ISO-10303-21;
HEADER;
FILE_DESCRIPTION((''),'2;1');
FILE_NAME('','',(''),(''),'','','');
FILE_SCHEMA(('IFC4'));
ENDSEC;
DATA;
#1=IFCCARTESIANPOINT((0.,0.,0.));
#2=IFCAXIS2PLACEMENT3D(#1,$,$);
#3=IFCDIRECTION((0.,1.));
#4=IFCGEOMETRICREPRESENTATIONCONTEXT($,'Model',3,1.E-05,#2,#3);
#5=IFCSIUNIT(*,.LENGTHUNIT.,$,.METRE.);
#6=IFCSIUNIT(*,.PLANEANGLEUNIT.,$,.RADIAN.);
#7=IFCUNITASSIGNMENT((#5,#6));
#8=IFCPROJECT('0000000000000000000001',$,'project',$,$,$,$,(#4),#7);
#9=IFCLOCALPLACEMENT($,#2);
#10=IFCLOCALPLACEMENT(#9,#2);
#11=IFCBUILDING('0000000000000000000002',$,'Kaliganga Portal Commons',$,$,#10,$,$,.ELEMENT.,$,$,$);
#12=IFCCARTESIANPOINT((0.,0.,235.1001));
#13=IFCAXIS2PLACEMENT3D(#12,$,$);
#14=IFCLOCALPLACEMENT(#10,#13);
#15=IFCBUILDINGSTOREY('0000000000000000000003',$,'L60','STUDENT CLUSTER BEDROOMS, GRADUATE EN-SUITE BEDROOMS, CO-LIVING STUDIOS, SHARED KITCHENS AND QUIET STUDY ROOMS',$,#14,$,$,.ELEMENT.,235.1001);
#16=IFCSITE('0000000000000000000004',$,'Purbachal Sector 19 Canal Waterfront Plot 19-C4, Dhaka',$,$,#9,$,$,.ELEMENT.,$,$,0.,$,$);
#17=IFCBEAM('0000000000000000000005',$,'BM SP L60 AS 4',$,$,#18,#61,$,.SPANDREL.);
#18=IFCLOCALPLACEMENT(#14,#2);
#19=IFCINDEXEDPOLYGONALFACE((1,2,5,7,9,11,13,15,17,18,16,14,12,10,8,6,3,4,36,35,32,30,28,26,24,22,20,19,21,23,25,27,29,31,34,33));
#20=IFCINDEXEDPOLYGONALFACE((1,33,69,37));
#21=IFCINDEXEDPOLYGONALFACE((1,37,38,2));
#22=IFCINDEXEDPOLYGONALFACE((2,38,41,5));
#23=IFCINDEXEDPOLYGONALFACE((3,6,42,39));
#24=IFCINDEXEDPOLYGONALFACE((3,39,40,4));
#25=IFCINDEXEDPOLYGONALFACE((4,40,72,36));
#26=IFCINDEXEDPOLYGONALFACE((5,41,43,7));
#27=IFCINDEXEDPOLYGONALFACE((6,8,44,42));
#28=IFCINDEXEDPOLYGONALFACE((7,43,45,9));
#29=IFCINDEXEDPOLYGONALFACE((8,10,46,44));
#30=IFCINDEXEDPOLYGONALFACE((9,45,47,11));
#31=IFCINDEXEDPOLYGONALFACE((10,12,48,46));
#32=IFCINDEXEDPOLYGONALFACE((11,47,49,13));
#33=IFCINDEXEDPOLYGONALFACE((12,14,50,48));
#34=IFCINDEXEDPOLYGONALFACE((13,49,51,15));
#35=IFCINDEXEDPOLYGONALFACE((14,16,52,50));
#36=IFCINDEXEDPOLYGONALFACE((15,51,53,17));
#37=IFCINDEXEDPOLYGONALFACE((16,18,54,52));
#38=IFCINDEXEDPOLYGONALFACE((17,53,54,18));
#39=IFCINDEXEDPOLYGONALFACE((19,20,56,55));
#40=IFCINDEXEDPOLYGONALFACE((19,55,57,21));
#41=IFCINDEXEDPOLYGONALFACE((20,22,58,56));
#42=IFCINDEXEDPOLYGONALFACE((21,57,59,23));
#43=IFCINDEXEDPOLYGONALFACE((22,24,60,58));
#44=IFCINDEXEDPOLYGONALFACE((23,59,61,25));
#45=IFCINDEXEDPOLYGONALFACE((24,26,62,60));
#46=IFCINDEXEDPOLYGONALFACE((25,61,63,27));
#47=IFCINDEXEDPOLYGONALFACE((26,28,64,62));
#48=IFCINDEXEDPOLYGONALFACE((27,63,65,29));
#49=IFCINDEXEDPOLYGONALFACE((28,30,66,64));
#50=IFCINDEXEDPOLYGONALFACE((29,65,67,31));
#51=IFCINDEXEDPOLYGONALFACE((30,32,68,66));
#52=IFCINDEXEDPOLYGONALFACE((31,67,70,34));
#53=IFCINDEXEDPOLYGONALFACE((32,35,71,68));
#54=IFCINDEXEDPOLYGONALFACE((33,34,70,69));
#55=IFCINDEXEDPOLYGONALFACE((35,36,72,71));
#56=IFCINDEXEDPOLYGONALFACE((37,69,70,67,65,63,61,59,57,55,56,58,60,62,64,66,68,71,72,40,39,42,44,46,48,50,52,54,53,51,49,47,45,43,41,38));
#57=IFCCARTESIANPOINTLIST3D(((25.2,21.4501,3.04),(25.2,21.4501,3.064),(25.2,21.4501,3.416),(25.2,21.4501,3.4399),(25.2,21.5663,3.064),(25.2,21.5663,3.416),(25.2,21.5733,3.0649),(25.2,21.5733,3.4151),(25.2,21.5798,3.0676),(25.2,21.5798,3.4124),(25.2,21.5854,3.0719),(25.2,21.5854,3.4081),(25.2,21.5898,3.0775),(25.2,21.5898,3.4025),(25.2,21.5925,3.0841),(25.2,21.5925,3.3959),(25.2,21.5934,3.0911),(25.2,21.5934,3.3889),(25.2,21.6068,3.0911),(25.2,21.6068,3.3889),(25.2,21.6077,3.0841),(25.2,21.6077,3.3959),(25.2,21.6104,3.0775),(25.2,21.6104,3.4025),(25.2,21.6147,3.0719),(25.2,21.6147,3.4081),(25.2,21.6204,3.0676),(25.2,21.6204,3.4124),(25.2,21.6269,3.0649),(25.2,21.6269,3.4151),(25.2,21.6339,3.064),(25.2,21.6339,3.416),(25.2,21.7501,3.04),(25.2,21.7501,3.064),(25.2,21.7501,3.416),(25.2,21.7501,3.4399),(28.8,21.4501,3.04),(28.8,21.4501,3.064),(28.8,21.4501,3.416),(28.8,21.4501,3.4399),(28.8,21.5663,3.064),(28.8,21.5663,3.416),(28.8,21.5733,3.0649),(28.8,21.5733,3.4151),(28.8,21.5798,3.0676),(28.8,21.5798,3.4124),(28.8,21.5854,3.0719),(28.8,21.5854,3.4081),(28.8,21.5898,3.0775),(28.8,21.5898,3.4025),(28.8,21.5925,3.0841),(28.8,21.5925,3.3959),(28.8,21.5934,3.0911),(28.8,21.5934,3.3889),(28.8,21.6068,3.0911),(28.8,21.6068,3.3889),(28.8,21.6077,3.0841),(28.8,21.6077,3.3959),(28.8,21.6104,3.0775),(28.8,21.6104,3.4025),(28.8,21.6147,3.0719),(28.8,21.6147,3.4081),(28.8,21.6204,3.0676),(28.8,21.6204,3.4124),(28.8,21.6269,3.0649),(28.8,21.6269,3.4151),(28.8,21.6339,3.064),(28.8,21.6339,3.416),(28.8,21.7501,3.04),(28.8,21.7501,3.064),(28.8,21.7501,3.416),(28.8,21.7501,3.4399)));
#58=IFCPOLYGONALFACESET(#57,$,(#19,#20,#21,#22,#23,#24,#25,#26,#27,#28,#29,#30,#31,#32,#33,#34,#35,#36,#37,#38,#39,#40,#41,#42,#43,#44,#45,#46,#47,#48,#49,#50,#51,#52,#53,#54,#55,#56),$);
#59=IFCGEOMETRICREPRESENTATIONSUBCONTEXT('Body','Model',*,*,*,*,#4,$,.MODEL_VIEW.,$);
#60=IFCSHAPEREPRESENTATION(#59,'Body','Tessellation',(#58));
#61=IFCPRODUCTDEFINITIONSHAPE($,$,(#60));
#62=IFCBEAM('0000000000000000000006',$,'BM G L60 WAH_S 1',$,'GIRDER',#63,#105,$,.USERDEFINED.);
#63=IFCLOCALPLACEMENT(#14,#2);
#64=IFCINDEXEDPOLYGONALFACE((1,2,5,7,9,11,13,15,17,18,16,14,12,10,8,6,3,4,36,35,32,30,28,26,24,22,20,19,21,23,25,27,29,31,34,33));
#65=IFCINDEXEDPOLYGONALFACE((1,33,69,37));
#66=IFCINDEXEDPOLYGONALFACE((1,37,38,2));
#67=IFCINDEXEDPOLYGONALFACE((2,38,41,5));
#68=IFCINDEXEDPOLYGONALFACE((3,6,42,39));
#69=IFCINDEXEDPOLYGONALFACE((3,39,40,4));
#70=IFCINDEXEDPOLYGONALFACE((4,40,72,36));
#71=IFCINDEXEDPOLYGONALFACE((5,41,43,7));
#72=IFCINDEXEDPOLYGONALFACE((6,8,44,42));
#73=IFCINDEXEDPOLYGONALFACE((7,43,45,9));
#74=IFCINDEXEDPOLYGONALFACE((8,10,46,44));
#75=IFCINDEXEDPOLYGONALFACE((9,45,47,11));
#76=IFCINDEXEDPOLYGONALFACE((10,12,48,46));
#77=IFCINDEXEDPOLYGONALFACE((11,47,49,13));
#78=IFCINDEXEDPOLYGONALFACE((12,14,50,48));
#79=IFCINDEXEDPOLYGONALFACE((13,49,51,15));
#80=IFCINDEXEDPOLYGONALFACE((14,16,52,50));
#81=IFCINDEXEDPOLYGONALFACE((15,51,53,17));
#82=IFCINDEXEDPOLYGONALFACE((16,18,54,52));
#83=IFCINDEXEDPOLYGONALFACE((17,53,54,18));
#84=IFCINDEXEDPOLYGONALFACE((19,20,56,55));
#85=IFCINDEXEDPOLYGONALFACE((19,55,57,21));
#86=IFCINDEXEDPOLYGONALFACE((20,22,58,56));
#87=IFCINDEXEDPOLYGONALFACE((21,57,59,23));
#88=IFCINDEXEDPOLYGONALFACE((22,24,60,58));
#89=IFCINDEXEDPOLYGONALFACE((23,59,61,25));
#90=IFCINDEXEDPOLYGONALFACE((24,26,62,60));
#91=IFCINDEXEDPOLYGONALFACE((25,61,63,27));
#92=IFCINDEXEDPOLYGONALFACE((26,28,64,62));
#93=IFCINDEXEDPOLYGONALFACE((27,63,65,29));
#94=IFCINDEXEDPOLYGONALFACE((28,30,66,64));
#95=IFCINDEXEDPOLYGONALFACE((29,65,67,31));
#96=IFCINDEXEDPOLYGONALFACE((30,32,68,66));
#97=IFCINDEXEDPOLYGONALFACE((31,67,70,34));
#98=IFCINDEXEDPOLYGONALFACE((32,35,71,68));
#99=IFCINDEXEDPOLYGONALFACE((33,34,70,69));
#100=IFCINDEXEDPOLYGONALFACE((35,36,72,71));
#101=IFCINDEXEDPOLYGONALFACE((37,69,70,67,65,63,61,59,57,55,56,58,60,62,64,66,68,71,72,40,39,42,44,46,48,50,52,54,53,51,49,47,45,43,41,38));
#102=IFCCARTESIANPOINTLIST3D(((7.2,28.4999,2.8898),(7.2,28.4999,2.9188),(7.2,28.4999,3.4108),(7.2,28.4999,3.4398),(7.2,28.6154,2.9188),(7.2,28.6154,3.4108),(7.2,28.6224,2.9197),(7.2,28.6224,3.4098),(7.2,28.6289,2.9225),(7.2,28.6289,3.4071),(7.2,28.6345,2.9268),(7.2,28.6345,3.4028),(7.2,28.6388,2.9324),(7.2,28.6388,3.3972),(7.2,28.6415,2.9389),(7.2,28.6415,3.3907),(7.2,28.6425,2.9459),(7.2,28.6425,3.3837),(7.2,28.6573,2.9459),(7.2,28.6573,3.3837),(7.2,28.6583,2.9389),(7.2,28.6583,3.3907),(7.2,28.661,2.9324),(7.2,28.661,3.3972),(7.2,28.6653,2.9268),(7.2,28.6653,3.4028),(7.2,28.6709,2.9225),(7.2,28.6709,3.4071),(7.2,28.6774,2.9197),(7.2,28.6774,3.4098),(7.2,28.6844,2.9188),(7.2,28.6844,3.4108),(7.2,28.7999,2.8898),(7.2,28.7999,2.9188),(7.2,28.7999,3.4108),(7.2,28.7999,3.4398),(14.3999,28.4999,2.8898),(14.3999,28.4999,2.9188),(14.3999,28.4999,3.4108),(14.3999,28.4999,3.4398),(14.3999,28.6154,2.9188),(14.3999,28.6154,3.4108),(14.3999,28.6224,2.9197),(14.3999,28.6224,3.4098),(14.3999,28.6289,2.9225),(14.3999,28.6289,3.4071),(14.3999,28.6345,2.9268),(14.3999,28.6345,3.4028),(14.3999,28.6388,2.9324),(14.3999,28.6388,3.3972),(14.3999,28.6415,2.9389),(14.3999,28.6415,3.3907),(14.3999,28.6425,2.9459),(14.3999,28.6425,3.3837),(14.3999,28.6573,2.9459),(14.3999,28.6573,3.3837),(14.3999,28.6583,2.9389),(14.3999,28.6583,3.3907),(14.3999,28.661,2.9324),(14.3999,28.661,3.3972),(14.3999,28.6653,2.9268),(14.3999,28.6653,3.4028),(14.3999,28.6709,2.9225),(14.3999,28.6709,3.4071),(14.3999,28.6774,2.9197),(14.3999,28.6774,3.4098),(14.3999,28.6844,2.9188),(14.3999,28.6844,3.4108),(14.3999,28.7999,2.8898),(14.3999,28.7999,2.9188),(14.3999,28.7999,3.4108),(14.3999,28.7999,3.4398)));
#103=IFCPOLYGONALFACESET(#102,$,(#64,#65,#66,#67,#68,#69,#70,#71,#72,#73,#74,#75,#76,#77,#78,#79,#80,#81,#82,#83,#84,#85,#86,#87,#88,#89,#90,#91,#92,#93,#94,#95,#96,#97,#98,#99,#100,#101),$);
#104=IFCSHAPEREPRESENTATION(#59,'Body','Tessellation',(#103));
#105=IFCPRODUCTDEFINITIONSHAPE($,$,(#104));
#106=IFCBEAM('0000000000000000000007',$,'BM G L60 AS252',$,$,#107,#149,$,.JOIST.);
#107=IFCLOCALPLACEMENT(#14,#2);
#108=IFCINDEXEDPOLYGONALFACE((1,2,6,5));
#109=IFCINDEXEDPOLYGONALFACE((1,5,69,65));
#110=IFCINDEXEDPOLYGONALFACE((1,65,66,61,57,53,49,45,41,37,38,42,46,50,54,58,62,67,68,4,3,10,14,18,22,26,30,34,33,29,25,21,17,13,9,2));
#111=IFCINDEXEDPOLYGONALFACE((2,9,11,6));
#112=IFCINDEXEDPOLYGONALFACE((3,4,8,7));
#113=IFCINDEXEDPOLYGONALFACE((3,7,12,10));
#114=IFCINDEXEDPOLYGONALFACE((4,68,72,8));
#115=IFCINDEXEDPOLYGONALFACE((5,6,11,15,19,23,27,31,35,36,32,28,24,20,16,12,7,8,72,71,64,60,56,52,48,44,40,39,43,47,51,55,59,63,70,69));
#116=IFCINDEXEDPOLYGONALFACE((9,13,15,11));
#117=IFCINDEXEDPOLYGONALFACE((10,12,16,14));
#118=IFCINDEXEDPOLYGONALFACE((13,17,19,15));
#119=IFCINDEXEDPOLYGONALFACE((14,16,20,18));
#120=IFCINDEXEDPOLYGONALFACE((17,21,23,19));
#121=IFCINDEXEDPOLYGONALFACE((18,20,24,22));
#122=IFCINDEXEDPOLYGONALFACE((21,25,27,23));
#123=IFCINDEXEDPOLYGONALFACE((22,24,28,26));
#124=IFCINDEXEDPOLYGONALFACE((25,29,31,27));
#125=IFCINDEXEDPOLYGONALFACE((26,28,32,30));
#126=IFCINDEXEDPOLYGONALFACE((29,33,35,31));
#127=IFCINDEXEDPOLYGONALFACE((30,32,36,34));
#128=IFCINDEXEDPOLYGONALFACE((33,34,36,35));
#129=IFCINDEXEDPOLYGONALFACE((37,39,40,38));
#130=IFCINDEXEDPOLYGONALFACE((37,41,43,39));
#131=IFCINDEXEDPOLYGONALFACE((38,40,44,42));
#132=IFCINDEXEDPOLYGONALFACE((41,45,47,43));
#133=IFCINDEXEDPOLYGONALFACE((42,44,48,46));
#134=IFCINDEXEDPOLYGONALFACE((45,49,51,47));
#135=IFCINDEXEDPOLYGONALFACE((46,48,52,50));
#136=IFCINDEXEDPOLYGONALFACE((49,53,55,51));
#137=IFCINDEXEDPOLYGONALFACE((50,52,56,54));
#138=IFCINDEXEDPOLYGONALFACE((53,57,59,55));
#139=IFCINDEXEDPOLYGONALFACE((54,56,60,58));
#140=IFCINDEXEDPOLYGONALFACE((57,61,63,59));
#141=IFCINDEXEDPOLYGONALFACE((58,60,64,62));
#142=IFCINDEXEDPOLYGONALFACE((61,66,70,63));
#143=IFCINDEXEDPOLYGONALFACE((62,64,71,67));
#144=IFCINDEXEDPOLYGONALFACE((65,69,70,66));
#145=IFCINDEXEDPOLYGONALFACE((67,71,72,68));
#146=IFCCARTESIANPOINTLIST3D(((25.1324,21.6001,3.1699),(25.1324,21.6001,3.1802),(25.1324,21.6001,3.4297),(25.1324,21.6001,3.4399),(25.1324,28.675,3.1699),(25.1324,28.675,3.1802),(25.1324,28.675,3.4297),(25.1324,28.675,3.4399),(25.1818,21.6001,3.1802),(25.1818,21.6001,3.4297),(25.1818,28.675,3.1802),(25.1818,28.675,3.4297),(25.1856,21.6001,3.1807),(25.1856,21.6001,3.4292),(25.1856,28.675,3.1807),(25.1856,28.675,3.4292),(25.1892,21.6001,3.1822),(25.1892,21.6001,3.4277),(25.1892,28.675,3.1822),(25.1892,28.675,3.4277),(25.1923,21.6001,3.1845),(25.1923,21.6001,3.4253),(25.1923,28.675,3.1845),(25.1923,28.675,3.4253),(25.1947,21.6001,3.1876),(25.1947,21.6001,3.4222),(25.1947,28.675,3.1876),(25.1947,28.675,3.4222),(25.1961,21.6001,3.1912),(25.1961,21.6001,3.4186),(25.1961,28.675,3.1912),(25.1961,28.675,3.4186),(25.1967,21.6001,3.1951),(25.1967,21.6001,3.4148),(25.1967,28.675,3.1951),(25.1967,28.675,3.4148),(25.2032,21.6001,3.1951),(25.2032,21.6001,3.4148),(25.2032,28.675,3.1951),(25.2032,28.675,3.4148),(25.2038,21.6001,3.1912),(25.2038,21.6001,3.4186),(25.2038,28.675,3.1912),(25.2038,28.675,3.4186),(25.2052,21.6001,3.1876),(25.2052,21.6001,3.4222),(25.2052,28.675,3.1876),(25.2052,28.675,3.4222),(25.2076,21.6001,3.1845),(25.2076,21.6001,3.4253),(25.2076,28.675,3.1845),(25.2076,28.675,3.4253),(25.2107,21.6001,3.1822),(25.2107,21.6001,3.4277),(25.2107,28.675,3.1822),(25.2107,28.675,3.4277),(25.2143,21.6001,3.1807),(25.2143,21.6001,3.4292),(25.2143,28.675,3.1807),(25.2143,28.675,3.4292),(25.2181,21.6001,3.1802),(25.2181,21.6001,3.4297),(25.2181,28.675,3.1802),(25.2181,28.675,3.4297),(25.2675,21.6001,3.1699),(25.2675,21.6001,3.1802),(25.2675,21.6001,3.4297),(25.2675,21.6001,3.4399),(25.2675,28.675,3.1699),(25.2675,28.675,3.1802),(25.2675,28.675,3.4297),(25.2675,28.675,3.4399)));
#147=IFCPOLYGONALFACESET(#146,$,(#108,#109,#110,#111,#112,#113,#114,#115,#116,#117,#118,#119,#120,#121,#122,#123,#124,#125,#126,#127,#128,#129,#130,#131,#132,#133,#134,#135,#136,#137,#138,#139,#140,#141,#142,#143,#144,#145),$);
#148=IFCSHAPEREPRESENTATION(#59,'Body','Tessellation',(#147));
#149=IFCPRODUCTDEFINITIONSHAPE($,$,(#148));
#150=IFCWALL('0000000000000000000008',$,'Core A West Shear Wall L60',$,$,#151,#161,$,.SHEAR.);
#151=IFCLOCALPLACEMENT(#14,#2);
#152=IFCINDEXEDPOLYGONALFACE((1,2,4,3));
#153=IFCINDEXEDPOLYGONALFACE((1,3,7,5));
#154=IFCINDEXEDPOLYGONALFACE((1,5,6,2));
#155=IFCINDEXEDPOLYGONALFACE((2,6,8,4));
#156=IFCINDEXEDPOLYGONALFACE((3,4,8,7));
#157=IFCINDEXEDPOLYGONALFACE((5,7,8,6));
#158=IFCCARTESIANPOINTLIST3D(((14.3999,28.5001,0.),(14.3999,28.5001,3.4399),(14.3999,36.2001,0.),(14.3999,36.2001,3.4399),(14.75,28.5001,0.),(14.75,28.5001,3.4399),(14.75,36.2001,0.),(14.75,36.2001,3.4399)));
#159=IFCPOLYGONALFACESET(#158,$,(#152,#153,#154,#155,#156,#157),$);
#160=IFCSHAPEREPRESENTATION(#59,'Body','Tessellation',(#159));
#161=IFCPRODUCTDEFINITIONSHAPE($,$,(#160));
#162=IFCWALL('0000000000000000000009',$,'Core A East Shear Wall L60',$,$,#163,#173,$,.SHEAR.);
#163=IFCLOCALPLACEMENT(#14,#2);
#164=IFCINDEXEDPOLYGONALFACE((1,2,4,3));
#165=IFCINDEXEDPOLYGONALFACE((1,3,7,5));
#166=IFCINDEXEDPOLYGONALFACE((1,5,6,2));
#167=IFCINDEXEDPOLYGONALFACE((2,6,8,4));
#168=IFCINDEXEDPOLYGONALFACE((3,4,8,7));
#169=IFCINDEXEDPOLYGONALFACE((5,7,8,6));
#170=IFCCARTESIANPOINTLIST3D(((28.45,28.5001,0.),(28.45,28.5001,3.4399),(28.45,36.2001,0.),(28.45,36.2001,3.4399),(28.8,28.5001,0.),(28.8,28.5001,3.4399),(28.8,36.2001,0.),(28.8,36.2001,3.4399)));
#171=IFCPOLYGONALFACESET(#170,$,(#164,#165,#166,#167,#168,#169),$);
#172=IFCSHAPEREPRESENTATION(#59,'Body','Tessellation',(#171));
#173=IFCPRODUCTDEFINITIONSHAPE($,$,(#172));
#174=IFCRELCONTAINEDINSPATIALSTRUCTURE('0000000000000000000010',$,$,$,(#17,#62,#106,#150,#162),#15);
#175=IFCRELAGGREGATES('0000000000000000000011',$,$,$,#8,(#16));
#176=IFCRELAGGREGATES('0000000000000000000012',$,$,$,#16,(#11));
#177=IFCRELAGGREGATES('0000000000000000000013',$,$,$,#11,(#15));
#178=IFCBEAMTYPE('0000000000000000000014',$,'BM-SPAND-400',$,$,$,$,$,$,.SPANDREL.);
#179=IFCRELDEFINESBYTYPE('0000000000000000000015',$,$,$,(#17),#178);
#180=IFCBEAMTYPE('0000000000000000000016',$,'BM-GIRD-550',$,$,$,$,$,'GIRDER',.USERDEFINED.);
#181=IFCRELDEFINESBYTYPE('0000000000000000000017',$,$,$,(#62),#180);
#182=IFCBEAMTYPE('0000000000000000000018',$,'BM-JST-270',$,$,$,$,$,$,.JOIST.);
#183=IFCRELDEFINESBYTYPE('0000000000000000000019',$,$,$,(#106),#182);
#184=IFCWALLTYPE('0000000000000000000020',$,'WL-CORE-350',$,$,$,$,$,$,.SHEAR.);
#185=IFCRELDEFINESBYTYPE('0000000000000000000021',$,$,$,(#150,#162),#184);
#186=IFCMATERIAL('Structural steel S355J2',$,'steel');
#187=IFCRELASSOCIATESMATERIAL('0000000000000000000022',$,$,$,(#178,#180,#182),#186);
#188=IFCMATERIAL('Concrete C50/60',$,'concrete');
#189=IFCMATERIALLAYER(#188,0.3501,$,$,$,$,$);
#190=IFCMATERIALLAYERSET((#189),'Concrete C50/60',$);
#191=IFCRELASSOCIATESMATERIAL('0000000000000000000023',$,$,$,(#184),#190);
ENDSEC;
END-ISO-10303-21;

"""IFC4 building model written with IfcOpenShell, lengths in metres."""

from ifc_helpers import new_model, si_unit, direction, frame, frame_2d, origin, origin_2d, place, context, subcontext, project, spatial, rectangle, i_section, extrude, source, transform, mapped, material, layer, layer_set, material_profile, profile_set, type_object, element, save


model = new_model("IFC4")

# Units and contexts
model_context = context("Model", 3, precision=1e-05, world=origin(), true_north=direction((0.0, 1.0)))
body_context = subcontext(model_context, "Body", "Model", "MODEL_VIEW")
ifc_project = project(units=[si_unit("LENGTHUNIT", "METRE"), si_unit("PLANEANGLEUNIT", "RADIAN")], contexts=[model_context])

# Site, building, storey
site_placement = place(None, origin())
site = spatial("IfcSite", under=ifc_project, at=site_placement, Name="Purbachal Sector 19 Canal Waterfront Plot 19-C4, Dhaka", CompositionType="ELEMENT", RefElevation=0.0)
building_placement = place(site_placement, origin())
building = spatial("IfcBuilding", under=site, at=building_placement, Name="Kaliganga Portal Commons", CompositionType="ELEMENT")
storey_placement = place(building_placement, frame((0.0, 0.0, 235.1001)))
storey = spatial("IfcBuildingStorey", under=building, at=storey_placement, Name="L60", Description="STUDENT CLUSTER BEDROOMS, GRADUATE EN-SUITE BEDROOMS, CO-LIVING STUDIOS, SHARED KITCHENS AND QUIET STUDY ROOMS", CompositionType="ELEMENT", Elevation=235.1001)

# Shared definitions
ifc_material_1 = material(Name="Concrete C50/60", Category="concrete")
ifc_material_2 = material(Name="Structural steel S355J2", Category="steel")

# Beams
ifc_material_profile_1 = material_profile(ifc_material_2, i_section(OverallWidth=0.3, OverallDepth=0.3999, WebThickness=0.0134, FlangeThickness=0.0239, FilletRadius=0.0271, at=origin_2d()), Name="HE 400 B")
ifc_profile_set_1 = profile_set([ifc_material_profile_1], Name="Structural steel S355J2 wide-flange")
beam_type_1 = type_object("IfcBeamType", Name="BM-SPAND-400", PredefinedType="SPANDREL", material=ifc_profile_set_1)
shared_shape_1 = source(origin(), body_context, "Body", "SweptSolid", [
    extrude(i_section(OverallWidth=0.3, OverallDepth=0.3999, WebThickness=0.0134, FlangeThickness=0.0239, FilletRadius=0.0271, at=origin_2d()), origin(), (0.0, 0.0, 1.0), 3.6001),
])
beam_1_placement = place(storey_placement, frame((25.2, 21.6001, 3.24), z_axis=(1.0, 0.0, 0.0), x_axis=(0.0, 1.0, 0.0)))
element("IfcBeam", 1, at=beam_1_placement, inside=storey, type_object=beam_type_1, Name="BM SP L60 AS 4", PredefinedType="SPANDREL", context=body_context, shape_type="MappedRepresentation", body=[
    mapped(shared_shape_1, transform((0.0, 0.0, 0.0), x_axis=(1.0, 0.0, 0.0), y_axis=(0.0, 1.0, 0.0), z_axis=(0.0, 0.0, 1.0), scale=1.0)),
])
ifc_material_profile_2 = material_profile(ifc_material_2, i_section(OverallWidth=0.3, OverallDepth=0.55, WebThickness=0.0149, FlangeThickness=0.0291, FilletRadius=0.0271, at=origin_2d()), Name="HE 550 B")
ifc_profile_set_2 = profile_set([ifc_material_profile_2], Name="Structural steel S355J2 wide-flange")
beam_type_2 = type_object("IfcBeamType", Name="BM-GIRD-550", ElementType="GIRDER", PredefinedType="USERDEFINED", material=ifc_profile_set_2)
shared_shape_2 = source(origin(), body_context, "Body", "SweptSolid", [
    extrude(i_section(OverallWidth=0.3, OverallDepth=0.55, WebThickness=0.0149, FlangeThickness=0.0291, FilletRadius=0.0271, at=origin_2d()), origin(), (0.0, 0.0, 1.0), 7.2),
])
beam_2_placement = place(storey_placement, frame((7.2, 28.6499, 3.1648), z_axis=(1.0, 0.0, 0.0), x_axis=(0.0, 1.0, 0.0)))
element("IfcBeam", 2, at=beam_2_placement, inside=storey, type_object=beam_type_2, Name="BM G L60 WAH_S 1", ObjectType="GIRDER", PredefinedType="USERDEFINED", context=body_context, shape_type="MappedRepresentation", body=[
    mapped(shared_shape_2, transform((0.0, 0.0, 0.0), x_axis=(1.0, 0.0, 0.0), y_axis=(0.0, 1.0, 0.0), z_axis=(0.0, 0.0, 1.0), scale=1.0)),
])
ifc_material_profile_3 = material_profile(ifc_material_2, i_section(OverallWidth=0.135, OverallDepth=0.27, WebThickness=0.0066, FlangeThickness=0.0103, FilletRadius=0.0149, at=origin_2d()), Name="IPE 270")
ifc_profile_set_3 = profile_set([ifc_material_profile_3], Name="Structural steel S355J2 wide-flange")
beam_type_3 = type_object("IfcBeamType", Name="BM-JST-270", PredefinedType="JOIST", material=ifc_profile_set_3)
shared_shape_3 = source(origin(), body_context, "Body", "SweptSolid", [
    extrude(i_section(OverallWidth=0.135, OverallDepth=0.27, WebThickness=0.0066, FlangeThickness=0.0103, FilletRadius=0.0149, at=origin_2d()), origin(), (0.0, 0.0, 1.0), 7.075),
])
beam_3_placement = place(storey_placement, frame((25.2, 21.6001, 3.3049), z_axis=(0.0, 1.0, 0.0), x_axis=(-1.0, 0.0, 0.0)))
element("IfcBeam", 3, at=beam_3_placement, inside=storey, type_object=beam_type_3, Name="BM G L60 AS252", PredefinedType="JOIST", context=body_context, shape_type="MappedRepresentation", body=[
    mapped(shared_shape_3, transform((0.0, 0.0, 0.0), x_axis=(1.0, 0.0, 0.0), y_axis=(0.0, 1.0, 0.0), z_axis=(0.0, 0.0, 1.0), scale=1.0)),
])

# Walls
ifc_layer_1 = layer(ifc_material_1, 0.3501)
ifc_layer_set_1 = layer_set([ifc_layer_1], Name="Concrete C50/60")
wall_type_1 = type_object("IfcWallType", Name="WL-CORE-350", PredefinedType="SHEAR", material=ifc_layer_set_1)
for number, where, z_axis, x_axis, name in (
    (4, (14.575, 28.5, 0.0), (0.0, 0.0, 1.0), (0.0, 1.0, 0.0), "Core A West Shear Wall L60"),
    (5, (28.625, 28.5, 0.0), (0.0, 0.0, 1.0), (0.0, 1.0, 0.0), "Core A East Shear Wall L60"),
):
    element("IfcWall", number, at=place(storey_placement, frame(where, z_axis=z_axis, x_axis=x_axis)), inside=storey, type_object=wall_type_1, Name=name, PredefinedType="SHEAR", context=body_context, shape_type="SweptSolid", body=[
        extrude(rectangle(XDim=7.7, YDim=0.3501, at=frame_2d((3.8501, 0.0))), origin(), (0.0, 0.0, 1.0), 3.4399),
    ])

save(model, "model.ifc")
